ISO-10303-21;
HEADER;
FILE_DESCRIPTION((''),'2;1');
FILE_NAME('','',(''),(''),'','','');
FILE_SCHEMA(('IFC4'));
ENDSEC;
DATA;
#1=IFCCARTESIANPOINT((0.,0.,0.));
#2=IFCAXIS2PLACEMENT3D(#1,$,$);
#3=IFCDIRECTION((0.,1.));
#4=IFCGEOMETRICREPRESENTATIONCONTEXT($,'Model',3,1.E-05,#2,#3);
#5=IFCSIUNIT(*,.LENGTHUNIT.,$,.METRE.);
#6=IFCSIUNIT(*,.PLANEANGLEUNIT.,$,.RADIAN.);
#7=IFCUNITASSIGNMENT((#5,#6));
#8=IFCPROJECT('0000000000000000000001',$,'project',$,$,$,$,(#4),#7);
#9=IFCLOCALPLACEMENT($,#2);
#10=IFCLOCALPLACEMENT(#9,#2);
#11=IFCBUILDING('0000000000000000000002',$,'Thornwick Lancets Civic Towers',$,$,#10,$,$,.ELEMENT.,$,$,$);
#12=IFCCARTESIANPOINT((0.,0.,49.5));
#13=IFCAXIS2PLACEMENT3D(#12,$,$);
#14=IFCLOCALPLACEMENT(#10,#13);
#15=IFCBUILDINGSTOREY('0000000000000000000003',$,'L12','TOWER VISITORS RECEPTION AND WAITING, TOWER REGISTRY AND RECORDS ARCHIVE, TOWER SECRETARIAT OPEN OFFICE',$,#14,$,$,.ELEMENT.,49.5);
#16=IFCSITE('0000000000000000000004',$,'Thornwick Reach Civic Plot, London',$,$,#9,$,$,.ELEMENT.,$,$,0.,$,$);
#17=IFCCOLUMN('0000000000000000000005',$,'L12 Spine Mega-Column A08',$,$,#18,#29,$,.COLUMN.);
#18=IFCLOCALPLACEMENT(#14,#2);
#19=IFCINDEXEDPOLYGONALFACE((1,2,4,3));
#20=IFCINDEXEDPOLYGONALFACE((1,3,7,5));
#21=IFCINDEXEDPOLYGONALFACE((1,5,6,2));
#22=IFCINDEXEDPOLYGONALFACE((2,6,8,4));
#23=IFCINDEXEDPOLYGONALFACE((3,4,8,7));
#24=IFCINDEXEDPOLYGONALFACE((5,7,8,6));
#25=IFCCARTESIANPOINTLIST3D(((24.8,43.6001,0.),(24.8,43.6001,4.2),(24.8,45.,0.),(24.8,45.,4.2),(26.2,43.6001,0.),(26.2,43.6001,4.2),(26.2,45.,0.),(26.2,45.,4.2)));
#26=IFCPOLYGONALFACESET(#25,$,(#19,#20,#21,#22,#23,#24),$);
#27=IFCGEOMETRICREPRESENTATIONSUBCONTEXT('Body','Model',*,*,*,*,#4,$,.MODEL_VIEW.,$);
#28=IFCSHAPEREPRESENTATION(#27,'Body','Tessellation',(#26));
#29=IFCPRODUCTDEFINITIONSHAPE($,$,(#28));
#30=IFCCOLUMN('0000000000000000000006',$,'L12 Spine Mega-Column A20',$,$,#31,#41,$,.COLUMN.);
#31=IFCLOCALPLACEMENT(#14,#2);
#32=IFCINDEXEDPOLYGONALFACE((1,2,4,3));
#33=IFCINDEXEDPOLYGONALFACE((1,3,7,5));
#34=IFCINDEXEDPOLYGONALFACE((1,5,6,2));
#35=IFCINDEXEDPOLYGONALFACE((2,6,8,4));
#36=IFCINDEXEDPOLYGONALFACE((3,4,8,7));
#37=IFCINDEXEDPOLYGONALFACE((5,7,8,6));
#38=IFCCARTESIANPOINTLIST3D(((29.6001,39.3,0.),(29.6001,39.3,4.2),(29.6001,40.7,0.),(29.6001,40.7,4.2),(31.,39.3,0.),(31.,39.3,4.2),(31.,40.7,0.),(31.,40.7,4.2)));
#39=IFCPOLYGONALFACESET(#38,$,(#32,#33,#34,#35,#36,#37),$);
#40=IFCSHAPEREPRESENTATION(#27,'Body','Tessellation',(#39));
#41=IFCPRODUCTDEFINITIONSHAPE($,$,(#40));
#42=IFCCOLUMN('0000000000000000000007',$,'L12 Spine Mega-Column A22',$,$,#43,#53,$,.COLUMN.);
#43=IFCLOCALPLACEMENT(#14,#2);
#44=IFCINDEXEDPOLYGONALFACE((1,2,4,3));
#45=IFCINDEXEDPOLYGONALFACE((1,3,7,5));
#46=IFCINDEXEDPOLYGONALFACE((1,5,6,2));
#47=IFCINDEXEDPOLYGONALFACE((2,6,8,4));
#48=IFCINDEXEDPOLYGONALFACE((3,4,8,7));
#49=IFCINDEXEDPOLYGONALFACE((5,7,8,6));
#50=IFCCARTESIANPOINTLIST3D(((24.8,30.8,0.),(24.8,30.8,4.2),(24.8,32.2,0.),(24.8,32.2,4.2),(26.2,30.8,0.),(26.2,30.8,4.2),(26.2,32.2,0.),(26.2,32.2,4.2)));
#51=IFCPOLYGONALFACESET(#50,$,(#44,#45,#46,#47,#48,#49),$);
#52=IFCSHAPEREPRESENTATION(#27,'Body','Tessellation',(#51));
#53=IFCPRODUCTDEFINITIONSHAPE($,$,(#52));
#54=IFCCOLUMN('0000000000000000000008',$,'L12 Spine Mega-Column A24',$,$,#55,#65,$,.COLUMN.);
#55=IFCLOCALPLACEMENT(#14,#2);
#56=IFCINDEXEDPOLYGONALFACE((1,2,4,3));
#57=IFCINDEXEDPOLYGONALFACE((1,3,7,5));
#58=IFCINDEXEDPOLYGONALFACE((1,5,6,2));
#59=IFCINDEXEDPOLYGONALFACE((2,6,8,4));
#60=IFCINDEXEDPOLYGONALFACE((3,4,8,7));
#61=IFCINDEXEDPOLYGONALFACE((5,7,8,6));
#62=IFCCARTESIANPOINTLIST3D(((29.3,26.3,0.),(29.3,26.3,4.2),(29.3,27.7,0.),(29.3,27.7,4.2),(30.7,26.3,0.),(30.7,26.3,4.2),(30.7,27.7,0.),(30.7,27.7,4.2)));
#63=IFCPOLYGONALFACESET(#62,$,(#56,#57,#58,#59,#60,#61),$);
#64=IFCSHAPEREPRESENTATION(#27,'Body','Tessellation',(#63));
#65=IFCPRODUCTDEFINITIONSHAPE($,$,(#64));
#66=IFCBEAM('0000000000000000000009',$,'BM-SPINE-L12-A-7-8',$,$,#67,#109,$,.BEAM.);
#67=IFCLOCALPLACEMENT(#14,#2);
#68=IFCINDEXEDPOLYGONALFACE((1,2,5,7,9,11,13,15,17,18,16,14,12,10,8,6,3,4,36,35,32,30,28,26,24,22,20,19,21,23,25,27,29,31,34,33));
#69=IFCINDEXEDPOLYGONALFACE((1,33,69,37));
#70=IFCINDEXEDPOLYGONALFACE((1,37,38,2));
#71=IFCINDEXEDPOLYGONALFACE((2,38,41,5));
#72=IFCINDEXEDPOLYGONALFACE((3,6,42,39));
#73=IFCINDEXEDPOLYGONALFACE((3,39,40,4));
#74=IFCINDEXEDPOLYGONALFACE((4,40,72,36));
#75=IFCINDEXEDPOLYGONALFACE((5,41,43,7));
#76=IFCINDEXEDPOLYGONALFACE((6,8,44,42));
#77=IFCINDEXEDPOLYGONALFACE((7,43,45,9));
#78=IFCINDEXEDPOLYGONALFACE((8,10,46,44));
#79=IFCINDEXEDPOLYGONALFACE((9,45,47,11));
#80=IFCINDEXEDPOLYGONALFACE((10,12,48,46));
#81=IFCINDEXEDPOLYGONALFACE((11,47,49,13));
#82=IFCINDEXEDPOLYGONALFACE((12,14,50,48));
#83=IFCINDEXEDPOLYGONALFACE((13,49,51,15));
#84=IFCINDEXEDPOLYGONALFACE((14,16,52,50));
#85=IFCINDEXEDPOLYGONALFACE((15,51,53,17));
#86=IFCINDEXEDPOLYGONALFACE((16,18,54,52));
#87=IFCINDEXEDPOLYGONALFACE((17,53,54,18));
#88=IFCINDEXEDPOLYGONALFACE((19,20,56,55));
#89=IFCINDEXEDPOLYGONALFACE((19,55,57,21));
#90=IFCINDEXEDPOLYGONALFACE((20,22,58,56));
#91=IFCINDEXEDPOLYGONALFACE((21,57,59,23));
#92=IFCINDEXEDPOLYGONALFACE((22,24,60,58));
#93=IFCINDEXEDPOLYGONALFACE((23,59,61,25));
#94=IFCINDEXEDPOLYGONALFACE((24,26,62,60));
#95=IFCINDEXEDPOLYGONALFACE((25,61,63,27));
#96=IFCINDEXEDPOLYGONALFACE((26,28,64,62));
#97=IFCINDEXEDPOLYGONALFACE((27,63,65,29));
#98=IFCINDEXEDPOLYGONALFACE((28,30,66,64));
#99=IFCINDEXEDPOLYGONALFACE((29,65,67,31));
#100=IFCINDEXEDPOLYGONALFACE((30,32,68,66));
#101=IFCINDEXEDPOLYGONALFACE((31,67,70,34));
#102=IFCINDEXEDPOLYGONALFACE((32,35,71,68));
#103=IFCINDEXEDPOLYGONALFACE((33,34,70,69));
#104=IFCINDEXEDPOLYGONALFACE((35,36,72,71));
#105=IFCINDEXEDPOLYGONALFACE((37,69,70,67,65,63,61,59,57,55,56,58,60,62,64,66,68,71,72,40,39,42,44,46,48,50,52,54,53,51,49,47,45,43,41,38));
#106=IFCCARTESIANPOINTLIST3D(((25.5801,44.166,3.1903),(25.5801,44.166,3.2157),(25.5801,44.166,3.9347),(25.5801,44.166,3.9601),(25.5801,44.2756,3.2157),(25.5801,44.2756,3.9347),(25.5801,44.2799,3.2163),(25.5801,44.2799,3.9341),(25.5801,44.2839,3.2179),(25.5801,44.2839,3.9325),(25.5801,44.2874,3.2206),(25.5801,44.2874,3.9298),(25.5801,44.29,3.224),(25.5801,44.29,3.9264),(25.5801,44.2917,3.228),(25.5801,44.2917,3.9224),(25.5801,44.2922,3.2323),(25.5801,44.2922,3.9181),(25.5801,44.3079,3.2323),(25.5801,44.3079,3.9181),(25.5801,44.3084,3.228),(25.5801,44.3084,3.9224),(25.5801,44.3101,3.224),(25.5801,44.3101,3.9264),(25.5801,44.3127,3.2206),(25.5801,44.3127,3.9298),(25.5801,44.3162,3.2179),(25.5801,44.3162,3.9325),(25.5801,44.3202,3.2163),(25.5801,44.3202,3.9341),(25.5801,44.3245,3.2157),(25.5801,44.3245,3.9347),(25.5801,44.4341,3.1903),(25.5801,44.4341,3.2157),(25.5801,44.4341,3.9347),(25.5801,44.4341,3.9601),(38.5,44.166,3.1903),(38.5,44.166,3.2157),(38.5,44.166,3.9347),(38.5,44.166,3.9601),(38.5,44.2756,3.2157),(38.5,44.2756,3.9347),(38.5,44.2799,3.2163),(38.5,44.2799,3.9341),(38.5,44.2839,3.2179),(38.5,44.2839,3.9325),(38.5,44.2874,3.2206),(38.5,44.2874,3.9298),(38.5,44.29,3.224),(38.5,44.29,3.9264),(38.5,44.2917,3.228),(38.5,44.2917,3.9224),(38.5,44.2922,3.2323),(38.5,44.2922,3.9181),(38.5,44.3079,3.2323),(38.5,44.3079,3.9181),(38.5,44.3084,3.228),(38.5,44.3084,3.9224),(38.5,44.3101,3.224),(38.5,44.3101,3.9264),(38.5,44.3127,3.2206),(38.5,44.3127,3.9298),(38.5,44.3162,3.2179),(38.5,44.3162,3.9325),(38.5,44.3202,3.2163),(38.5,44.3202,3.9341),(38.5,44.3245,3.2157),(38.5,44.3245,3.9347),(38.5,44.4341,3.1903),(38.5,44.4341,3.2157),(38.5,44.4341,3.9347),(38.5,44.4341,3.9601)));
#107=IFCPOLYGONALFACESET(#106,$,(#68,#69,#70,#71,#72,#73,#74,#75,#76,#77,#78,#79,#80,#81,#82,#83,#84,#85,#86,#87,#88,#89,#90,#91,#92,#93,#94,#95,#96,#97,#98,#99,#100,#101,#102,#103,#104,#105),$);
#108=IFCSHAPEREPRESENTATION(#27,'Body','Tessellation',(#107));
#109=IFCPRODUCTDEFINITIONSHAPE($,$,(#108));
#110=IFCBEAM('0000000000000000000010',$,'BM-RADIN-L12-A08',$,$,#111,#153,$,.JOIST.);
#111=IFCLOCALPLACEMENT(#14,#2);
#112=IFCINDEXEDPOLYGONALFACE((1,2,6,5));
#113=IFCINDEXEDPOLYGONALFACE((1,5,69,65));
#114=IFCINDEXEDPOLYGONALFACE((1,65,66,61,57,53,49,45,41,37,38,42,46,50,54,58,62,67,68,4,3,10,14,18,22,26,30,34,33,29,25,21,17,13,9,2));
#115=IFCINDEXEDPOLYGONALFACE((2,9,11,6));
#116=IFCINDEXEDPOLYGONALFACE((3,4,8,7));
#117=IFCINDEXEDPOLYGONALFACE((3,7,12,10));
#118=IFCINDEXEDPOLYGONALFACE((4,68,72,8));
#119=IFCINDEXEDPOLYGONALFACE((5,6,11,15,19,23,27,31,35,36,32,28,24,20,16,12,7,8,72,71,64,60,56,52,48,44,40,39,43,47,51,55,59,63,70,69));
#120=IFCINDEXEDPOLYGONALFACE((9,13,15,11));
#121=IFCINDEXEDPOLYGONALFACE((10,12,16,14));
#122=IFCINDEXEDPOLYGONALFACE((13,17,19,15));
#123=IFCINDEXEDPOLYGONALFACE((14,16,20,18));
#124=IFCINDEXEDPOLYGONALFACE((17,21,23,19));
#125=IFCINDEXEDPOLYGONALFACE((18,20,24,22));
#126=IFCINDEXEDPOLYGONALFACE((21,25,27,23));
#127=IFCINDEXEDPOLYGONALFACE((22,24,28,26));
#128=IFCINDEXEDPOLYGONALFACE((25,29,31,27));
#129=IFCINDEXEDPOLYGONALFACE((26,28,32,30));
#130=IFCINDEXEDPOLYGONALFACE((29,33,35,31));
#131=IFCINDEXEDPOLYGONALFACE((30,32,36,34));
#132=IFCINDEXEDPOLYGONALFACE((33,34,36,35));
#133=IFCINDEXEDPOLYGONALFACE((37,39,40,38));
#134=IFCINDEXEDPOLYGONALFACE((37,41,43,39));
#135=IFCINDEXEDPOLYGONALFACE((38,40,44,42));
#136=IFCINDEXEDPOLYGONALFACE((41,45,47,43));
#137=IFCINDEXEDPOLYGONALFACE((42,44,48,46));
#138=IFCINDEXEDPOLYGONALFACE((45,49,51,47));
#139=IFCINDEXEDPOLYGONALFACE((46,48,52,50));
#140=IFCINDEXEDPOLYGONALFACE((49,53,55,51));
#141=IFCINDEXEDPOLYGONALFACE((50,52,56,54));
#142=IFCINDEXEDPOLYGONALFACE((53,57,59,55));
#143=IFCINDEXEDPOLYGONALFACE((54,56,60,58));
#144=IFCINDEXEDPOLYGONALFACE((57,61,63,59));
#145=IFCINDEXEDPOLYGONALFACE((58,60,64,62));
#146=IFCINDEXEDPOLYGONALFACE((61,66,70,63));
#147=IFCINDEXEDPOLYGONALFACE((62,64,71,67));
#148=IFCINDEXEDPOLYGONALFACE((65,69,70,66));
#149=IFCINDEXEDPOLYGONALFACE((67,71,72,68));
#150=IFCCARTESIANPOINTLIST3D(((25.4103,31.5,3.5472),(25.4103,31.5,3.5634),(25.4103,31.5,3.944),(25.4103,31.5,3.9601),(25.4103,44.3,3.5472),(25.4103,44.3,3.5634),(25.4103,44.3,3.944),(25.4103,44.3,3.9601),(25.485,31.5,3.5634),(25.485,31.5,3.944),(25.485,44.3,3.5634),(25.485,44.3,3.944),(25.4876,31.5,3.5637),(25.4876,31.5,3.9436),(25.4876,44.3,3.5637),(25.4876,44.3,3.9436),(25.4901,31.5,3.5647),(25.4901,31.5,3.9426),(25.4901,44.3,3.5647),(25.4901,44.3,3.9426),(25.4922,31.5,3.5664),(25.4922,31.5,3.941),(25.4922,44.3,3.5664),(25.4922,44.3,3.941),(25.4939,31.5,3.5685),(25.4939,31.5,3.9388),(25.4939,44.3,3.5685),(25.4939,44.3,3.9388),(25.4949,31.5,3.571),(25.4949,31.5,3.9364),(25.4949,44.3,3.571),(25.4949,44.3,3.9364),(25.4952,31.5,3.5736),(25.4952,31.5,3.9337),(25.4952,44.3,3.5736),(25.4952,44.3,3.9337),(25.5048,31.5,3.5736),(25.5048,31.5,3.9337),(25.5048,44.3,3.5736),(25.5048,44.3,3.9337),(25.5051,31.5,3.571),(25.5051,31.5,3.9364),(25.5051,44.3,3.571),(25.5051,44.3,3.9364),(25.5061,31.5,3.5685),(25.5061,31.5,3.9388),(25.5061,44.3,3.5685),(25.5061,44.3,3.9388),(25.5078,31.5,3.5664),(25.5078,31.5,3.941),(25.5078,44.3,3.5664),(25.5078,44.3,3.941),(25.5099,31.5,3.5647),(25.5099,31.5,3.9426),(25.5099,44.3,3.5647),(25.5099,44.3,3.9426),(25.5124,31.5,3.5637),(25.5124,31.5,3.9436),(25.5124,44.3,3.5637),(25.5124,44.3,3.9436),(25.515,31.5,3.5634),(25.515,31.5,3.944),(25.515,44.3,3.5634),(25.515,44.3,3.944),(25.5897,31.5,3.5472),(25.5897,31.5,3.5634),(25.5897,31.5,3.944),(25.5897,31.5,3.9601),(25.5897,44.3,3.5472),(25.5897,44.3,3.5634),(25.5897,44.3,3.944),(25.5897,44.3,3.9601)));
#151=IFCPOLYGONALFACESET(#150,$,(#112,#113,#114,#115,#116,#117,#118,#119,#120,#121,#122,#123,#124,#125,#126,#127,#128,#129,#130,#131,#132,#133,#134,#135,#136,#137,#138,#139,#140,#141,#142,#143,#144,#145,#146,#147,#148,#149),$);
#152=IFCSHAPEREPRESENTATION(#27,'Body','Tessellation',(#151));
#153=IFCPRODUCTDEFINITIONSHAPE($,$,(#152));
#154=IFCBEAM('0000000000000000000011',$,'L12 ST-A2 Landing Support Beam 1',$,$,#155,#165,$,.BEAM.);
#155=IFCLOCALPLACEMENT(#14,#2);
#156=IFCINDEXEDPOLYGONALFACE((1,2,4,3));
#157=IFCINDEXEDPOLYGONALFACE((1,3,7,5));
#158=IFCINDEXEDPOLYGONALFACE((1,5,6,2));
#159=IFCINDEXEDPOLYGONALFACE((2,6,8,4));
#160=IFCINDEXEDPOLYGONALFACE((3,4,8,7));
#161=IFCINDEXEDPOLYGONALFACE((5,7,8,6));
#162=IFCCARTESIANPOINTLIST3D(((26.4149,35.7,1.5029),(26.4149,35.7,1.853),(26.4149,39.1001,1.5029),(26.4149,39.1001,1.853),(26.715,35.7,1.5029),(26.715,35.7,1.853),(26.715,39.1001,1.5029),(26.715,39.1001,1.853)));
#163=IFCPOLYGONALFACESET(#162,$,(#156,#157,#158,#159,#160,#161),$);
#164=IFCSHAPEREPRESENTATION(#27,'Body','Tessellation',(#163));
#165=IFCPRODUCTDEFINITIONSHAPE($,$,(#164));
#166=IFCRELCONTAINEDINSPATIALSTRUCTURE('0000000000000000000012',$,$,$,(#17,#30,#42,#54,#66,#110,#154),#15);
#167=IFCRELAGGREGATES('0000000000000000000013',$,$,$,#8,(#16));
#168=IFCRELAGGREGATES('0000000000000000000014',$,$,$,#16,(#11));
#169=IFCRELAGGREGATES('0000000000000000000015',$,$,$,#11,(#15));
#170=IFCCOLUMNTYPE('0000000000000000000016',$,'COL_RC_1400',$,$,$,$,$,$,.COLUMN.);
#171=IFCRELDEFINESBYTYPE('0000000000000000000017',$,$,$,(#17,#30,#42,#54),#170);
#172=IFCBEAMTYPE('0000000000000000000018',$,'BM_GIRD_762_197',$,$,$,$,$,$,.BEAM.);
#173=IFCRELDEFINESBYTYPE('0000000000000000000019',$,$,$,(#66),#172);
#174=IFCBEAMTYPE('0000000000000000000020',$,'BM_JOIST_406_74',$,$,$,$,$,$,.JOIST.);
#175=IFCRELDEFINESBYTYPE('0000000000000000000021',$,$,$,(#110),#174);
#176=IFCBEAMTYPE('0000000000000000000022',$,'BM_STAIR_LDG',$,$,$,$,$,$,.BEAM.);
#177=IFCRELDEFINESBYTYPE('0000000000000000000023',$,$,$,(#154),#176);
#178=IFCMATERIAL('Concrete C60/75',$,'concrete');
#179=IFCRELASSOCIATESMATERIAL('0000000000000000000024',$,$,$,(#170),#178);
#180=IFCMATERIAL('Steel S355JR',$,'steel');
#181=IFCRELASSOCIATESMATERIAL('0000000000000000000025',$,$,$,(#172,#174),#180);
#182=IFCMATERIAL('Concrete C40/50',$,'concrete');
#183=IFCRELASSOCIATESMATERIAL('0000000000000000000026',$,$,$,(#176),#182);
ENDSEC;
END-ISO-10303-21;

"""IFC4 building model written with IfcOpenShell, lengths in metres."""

from ifc_helpers import new_model, si_unit, direction, frame, origin, origin_2d, place, context, subcontext, project, spatial, rectangle, i_section, extrude, material, material_profile, profile_set, type_object, element, save


model = new_model("IFC4")

# Units and contexts
model_context = context("Model", 3, precision=1e-05, world=origin(), true_north=direction((0.0, 1.0)))
body_context = subcontext(model_context, "Body", "Model", "MODEL_VIEW")
ifc_project = project(units=[si_unit("LENGTHUNIT", "METRE"), si_unit("PLANEANGLEUNIT", "RADIAN")], contexts=[model_context])

# Site, building, storey
site_placement = place(None, origin())
site = spatial("IfcSite", under=ifc_project, at=site_placement, Name="Thornwick Reach Civic Plot, London", CompositionType="ELEMENT", RefElevation=0.0)
building_placement = place(site_placement, origin())
building = spatial("IfcBuilding", under=site, at=building_placement, Name="Thornwick Lancets Civic Towers", CompositionType="ELEMENT")
storey_placement = place(building_placement, frame((0.0, 0.0, 49.5)))
storey = spatial("IfcBuildingStorey", under=building, at=storey_placement, Name="L12", Description="TOWER VISITORS RECEPTION AND WAITING, TOWER REGISTRY AND RECORDS ARCHIVE, TOWER SECRETARIAT OPEN OFFICE", CompositionType="ELEMENT", Elevation=49.5)

# Columns
ifc_material_1 = material(Name="Concrete C60/75", Category="concrete")
ifc_material_profile_1 = material_profile(ifc_material_1, rectangle(XDim=1.3999, YDim=1.3999, at=origin_2d()), Name="RC 1400x1400")
ifc_profile_set_1 = profile_set([ifc_material_profile_1], Name="Concrete C60/75")
column_type = type_object("IfcColumnType", Name="COL_RC_1400", PredefinedType="COLUMN", material=ifc_profile_set_1)
for number, where, z_axis, x_axis, name in (
    (1, (25.5, 44.3, 0.0), (0.0, 0.0, 1.0), (1.0, 0.0, 0.0), "L12 Spine Mega-Column A08"),
    (2, (30.3, 40.0, 0.0), (0.0, 0.0, 1.0), (1.0, 0.0, 0.0), "L12 Spine Mega-Column A20"),
    (3, (25.5, 31.5, 0.0), (0.0, 0.0, 1.0), (1.0, 0.0, 0.0), "L12 Spine Mega-Column A22"),
    (4, (30.0, 27.0, 0.0), (0.0, 0.0, 1.0), (1.0, 0.0, 0.0), "L12 Spine Mega-Column A24"),
):
    element("IfcColumn", number, at=place(storey_placement, frame(where, z_axis=z_axis, x_axis=x_axis)), inside=storey, type_object=column_type, Name=name, PredefinedType="COLUMN", context=body_context, shape_type="SweptSolid", body=[
        extrude(rectangle(XDim=1.3999, YDim=1.3999, at=origin_2d()), origin(), (0.0, 0.0, 1.0), 4.2),
    ])

# Beams
ifc_material_2 = material(Name="Steel S355JR", Category="steel")
ifc_material_profile_2 = material_profile(ifc_material_2, i_section(OverallWidth=0.2681, OverallDepth=0.7698, WebThickness=0.0156, FlangeThickness=0.0254, FilletRadius=0.0166, at=origin_2d()), Name="UKB 762x267x197")
ifc_profile_set_2 = profile_set([ifc_material_profile_2], Name="Steel S355JR")
beam_type_1 = type_object("IfcBeamType", Name="BM_GIRD_762_197", PredefinedType="BEAM", material=ifc_profile_set_2)
beam_1_placement = place(storey_placement, frame((25.5801, 44.3, 3.5752), z_axis=(1.0, 0.0, 0.0), x_axis=(0.0, 1.0, 0.0)))
element("IfcBeam", 5, at=beam_1_placement, inside=storey, type_object=beam_type_1, Name="BM-SPINE-L12-A-7-8", PredefinedType="BEAM", context=body_context, shape_type="SweptSolid", body=[
    extrude(i_section(OverallWidth=0.2681, OverallDepth=0.7698, WebThickness=0.0156, FlangeThickness=0.0254, FilletRadius=0.0166, at=origin_2d()), origin(), (0.0, 0.0, 1.0), 12.9199),
])
ifc_material_profile_3 = material_profile(ifc_material_2, i_section(OverallWidth=0.1794, OverallDepth=0.4128, WebThickness=0.0095, FlangeThickness=0.0161, FilletRadius=0.0103, at=origin_2d()), Name="UKB 406x178x74")
ifc_profile_set_3 = profile_set([ifc_material_profile_3], Name="Steel S355JR")
beam_type_2 = type_object("IfcBeamType", Name="BM_JOIST_406_74", PredefinedType="JOIST", material=ifc_profile_set_3)
beam_2_placement = place(storey_placement, frame((25.5, 31.5, 3.7537), z_axis=(0.0, 1.0, 0.0), x_axis=(-1.0, 0.0, 0.0)))
element("IfcBeam", 6, at=beam_2_placement, inside=storey, type_object=beam_type_2, Name="BM-RADIN-L12-A08", PredefinedType="JOIST", context=body_context, shape_type="SweptSolid", body=[
    extrude(i_section(OverallWidth=0.1794, OverallDepth=0.4128, WebThickness=0.0095, FlangeThickness=0.0161, FilletRadius=0.0103, at=origin_2d()), origin(), (0.0, 0.0, 1.0), 12.8),
])
ifc_material_3 = material(Name="Concrete C40/50", Category="concrete")
ifc_material_profile_4 = material_profile(ifc_material_3, rectangle(XDim=0.3, YDim=0.3501, at=origin_2d()), Name="RC 300x350")
ifc_profile_set_4 = profile_set([ifc_material_profile_4], Name="Concrete C40/50")
beam_type_3 = type_object("IfcBeamType", Name="BM_STAIR_LDG", PredefinedType="BEAM", material=ifc_profile_set_4)
beam_3_placement = place(storey_placement, frame((26.5649, 39.1001, 1.678), z_axis=(0.0, -1.0, 0.0), x_axis=(1.0, 0.0, 0.0)))
element("IfcBeam", 7, at=beam_3_placement, inside=storey, type_object=beam_type_3, Name="L12 ST-A2 Landing Support Beam 1", PredefinedType="BEAM", context=body_context, shape_type="SweptSolid", body=[
    extrude(rectangle(XDim=0.3, YDim=0.3501, at=origin_2d()), origin(), (0.0, 0.0, 1.0), 3.4001),
])

save(model, "model.ifc")
